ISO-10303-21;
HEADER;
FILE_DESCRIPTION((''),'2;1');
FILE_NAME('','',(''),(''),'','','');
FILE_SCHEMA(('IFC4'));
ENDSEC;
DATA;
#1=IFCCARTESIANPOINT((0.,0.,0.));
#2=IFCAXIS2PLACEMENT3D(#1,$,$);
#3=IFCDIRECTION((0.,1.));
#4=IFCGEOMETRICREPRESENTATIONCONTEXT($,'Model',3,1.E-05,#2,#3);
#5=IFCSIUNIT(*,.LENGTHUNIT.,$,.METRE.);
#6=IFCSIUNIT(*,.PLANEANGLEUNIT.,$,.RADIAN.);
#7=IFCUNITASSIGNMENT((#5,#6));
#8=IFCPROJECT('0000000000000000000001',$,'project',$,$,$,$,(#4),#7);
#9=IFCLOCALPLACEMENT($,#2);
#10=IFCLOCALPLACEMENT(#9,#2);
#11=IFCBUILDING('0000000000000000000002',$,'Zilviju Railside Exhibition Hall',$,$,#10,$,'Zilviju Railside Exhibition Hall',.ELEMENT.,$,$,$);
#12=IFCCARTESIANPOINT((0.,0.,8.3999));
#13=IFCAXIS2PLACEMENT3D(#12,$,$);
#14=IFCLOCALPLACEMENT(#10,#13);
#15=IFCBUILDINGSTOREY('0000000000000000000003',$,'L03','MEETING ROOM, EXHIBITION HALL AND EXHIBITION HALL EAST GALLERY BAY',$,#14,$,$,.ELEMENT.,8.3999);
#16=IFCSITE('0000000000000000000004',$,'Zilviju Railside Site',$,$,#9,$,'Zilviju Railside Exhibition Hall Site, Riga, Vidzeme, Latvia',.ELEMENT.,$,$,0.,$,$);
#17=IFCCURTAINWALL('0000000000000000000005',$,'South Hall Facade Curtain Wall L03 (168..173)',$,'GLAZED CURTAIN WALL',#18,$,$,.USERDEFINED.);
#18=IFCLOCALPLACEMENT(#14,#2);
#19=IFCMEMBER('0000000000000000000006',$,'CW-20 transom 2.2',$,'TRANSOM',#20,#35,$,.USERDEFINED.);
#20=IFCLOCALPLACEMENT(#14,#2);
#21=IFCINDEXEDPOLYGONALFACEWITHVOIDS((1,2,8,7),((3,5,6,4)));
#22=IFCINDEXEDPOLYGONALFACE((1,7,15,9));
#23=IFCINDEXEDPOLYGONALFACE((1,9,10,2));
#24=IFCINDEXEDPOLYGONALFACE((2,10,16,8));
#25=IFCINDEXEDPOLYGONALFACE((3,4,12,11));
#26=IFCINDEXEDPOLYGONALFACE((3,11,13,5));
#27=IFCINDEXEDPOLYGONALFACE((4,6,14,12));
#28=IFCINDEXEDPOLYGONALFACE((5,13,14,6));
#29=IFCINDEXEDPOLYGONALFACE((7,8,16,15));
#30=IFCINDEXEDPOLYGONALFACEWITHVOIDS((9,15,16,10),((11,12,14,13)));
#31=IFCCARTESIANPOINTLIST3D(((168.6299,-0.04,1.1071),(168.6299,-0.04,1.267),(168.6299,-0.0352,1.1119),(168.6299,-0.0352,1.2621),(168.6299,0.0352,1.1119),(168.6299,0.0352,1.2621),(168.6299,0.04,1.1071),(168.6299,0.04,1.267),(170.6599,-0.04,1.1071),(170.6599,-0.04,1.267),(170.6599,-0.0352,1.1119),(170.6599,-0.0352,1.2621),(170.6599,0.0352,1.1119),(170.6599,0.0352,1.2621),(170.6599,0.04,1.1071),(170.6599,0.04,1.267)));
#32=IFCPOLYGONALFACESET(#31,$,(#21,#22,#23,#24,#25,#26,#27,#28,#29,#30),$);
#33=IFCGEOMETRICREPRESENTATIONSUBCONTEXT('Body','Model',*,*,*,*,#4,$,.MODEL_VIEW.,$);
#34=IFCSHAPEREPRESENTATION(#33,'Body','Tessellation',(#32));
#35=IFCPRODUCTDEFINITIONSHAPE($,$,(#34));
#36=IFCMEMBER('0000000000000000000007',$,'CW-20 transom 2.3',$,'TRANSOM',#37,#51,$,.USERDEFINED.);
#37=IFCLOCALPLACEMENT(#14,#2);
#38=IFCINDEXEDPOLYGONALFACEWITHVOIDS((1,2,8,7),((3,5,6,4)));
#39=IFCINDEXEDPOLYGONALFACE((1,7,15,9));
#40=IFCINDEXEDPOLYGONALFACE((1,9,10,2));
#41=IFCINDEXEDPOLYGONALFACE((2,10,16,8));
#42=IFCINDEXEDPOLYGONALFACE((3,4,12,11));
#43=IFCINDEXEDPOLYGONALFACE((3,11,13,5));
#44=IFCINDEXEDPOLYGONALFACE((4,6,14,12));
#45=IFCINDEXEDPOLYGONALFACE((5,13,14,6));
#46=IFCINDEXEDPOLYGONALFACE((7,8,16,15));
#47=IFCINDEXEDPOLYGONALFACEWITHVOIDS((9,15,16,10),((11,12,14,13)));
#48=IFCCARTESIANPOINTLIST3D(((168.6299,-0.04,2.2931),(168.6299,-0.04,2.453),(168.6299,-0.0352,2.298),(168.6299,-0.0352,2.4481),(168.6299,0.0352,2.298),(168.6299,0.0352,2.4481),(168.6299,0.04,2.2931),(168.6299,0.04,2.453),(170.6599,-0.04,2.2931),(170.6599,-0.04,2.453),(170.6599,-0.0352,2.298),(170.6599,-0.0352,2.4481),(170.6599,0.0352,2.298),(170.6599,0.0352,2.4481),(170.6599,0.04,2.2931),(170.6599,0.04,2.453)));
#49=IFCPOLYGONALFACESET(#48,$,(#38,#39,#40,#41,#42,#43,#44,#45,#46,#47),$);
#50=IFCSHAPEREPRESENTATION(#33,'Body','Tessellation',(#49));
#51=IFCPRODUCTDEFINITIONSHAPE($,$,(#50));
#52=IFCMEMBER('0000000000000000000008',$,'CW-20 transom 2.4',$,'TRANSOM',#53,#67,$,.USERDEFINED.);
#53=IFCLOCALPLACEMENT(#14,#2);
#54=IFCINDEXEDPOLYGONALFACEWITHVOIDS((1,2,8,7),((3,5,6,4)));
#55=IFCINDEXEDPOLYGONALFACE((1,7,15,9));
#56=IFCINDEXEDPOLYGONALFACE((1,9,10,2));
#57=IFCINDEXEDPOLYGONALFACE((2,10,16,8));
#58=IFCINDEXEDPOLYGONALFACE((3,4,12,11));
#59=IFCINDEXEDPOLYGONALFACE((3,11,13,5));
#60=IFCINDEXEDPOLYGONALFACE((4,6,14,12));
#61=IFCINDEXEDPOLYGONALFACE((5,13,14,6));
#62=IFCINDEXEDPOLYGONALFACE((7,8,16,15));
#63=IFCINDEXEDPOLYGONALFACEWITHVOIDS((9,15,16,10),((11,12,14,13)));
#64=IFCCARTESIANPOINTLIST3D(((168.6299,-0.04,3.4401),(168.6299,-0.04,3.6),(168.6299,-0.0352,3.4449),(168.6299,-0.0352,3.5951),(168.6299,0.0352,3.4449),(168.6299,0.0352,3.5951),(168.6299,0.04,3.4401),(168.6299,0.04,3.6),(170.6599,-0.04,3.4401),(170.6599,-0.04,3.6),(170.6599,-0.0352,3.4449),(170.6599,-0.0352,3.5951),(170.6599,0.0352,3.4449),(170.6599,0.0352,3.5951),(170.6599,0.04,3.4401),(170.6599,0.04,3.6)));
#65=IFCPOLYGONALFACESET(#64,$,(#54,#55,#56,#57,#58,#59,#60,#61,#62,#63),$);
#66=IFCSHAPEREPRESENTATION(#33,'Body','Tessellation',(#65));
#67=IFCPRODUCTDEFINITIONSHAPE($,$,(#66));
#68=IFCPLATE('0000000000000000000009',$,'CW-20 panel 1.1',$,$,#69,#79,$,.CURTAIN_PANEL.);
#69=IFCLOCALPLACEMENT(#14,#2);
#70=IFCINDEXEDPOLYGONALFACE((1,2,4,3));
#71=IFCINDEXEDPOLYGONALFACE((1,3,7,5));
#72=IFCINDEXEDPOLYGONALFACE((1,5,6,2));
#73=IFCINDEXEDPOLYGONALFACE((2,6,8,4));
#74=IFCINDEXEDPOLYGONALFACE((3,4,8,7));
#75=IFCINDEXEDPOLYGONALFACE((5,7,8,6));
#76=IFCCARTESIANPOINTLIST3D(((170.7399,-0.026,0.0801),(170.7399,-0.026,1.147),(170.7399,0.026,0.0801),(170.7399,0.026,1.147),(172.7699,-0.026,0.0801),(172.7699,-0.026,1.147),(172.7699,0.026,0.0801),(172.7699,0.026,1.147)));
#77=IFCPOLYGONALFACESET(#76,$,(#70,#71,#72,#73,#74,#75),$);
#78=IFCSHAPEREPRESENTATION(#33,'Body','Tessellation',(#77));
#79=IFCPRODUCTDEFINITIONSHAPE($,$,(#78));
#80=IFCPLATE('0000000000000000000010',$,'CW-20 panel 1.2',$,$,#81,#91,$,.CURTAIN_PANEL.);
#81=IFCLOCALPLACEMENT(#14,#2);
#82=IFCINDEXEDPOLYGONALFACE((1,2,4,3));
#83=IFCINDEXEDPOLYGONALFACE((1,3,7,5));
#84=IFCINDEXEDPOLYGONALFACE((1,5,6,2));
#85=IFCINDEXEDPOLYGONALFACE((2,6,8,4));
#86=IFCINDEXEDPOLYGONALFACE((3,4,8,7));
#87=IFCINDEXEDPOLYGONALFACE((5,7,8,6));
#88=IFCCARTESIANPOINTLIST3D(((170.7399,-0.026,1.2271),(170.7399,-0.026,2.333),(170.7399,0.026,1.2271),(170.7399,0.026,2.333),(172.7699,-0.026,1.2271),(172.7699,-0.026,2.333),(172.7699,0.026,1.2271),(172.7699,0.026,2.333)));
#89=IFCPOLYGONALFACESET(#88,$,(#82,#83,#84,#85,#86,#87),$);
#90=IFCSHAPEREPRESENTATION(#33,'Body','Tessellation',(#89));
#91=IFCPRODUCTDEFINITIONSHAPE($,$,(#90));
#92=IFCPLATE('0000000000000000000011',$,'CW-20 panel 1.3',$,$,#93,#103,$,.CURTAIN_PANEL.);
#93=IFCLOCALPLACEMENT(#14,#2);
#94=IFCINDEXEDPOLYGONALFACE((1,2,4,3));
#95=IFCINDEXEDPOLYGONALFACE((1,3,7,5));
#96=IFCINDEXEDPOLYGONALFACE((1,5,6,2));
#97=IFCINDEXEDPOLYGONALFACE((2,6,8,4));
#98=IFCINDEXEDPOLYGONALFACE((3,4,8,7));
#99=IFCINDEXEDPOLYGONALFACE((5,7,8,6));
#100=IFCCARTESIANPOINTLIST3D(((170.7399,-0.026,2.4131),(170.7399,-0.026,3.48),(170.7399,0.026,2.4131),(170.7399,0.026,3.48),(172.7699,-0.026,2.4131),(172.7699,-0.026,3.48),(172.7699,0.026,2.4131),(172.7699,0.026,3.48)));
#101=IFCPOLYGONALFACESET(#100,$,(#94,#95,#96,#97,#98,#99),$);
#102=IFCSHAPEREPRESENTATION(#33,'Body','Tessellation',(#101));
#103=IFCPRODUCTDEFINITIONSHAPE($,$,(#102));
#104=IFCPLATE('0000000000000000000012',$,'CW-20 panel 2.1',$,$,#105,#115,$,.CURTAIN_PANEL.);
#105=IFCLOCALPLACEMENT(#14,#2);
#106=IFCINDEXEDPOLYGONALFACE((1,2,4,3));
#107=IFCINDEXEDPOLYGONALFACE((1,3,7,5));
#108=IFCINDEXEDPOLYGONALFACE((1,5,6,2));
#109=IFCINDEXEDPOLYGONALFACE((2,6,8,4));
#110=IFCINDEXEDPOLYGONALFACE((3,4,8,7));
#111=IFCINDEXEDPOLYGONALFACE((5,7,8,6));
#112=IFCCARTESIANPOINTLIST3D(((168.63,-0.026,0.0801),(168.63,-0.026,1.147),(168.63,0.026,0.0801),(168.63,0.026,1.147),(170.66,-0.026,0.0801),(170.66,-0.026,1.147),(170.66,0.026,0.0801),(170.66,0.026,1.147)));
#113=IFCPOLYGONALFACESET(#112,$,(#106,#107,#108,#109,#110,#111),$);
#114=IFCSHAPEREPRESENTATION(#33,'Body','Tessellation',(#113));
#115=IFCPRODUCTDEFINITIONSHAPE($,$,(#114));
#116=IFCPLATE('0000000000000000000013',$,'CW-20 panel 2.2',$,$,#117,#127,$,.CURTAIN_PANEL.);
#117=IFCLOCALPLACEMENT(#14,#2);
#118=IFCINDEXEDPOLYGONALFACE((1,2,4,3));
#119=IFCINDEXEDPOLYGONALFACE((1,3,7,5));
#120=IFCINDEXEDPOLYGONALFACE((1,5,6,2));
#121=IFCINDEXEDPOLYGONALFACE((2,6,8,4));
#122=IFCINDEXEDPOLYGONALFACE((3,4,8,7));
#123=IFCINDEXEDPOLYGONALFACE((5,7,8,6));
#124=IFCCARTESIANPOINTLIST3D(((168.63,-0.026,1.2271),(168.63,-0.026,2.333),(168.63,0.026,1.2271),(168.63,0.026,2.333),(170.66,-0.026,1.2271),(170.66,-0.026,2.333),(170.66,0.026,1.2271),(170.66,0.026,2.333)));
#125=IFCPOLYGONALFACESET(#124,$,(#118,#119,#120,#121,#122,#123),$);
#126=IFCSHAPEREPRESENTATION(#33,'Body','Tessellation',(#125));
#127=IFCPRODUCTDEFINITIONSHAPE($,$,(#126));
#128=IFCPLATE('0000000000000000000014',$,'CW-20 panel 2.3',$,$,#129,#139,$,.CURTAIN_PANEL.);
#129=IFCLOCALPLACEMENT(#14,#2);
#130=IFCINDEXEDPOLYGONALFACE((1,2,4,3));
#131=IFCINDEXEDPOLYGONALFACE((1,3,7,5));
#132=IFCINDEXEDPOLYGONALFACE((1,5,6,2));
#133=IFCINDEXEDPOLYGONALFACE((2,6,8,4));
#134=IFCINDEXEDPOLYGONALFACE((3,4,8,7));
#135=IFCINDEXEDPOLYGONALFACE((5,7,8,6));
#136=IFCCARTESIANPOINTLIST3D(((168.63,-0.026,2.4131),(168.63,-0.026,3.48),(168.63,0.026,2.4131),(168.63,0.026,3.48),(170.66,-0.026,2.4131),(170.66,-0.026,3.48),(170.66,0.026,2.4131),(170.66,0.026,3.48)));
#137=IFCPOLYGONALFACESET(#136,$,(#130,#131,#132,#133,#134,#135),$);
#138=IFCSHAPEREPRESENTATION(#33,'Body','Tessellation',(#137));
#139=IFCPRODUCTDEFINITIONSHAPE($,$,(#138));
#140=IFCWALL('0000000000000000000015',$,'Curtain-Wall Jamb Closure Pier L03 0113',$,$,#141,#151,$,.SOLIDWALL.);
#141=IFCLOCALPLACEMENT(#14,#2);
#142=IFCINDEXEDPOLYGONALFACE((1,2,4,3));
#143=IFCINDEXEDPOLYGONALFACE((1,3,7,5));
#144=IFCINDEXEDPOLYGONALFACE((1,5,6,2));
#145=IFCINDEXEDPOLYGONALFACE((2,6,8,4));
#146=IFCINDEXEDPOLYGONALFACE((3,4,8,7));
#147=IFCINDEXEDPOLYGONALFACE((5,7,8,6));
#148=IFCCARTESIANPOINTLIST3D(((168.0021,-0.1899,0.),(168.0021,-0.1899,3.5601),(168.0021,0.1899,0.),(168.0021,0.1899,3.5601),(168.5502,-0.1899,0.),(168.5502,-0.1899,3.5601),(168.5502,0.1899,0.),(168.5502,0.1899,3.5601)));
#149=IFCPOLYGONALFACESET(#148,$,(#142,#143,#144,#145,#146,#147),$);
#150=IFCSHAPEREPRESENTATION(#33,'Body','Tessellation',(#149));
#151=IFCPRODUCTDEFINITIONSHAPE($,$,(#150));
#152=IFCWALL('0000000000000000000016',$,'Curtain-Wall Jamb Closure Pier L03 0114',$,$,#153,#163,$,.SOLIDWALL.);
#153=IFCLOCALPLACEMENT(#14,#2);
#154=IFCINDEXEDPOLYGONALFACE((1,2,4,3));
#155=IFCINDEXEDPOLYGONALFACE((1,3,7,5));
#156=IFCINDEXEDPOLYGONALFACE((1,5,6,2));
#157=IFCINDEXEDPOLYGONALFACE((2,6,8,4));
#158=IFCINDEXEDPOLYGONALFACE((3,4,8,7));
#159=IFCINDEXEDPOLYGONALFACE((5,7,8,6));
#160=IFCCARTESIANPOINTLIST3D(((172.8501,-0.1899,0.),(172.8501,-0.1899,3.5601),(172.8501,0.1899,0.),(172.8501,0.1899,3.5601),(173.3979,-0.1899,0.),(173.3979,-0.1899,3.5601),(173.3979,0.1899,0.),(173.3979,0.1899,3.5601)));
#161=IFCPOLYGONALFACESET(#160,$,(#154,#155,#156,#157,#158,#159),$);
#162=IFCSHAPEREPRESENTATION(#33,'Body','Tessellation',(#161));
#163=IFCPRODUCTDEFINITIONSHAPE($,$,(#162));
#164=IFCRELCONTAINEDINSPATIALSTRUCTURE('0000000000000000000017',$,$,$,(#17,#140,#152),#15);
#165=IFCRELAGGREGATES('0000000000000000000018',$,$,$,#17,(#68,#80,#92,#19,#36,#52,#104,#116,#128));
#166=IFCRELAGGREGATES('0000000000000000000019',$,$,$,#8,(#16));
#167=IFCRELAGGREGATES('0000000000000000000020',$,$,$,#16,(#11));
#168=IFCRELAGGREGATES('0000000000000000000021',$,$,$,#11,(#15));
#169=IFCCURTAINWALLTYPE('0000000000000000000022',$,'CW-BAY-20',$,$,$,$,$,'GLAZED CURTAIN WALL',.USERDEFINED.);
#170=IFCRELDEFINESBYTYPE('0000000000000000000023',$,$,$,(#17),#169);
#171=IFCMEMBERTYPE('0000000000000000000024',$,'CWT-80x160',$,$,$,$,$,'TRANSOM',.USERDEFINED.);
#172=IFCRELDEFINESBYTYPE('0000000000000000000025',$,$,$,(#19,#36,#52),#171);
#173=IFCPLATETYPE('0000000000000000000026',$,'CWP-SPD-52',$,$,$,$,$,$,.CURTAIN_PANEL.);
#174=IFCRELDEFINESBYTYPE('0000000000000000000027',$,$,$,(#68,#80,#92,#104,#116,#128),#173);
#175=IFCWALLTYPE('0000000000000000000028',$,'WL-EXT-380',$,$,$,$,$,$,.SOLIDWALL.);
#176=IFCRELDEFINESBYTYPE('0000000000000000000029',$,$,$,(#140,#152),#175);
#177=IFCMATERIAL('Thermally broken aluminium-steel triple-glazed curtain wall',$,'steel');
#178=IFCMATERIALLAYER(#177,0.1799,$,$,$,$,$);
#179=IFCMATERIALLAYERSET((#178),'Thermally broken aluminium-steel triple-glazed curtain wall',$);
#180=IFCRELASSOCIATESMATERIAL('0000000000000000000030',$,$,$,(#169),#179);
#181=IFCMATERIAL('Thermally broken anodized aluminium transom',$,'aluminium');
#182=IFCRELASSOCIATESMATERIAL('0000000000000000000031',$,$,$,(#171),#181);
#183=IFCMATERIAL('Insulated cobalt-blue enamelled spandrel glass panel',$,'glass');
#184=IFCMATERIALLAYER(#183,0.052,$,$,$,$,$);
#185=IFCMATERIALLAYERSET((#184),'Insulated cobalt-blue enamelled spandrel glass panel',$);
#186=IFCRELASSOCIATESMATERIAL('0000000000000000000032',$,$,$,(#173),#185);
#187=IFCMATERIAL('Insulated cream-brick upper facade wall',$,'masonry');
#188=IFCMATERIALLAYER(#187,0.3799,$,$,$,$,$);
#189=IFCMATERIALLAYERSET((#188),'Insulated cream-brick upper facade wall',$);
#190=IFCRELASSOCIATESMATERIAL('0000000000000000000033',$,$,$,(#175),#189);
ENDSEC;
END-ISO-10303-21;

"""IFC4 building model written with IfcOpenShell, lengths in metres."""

from ifc_helpers import new_model, si_unit, direction, frame, frame_2d, origin, origin_2d, place, context, subcontext, project, spatial, rectangle, hollow_rectangle, extrude, material, layer, layer_set, material_profile, profile_set, type_object, element, aggregate, save


model = new_model("IFC4")

# Units and contexts
model_context = context("Model", 3, precision=1e-05, world=origin(), true_north=direction((0.0, 1.0)))
body_context = subcontext(model_context, "Body", "Model", "MODEL_VIEW")
ifc_project = project(units=[si_unit("LENGTHUNIT", "METRE"), si_unit("PLANEANGLEUNIT", "RADIAN")], contexts=[model_context])

# Site, building, storey
site_placement = place(None, origin())
site = spatial("IfcSite", under=ifc_project, at=site_placement, Name="Zilviju Railside Site", LongName="Zilviju Railside Exhibition Hall Site, Riga, Vidzeme, Latvia", CompositionType="ELEMENT", RefElevation=0.0)
building_placement = place(site_placement, origin())
building = spatial("IfcBuilding", under=site, at=building_placement, Name="Zilviju Railside Exhibition Hall", LongName="Zilviju Railside Exhibition Hall", CompositionType="ELEMENT")
storey_placement = place(building_placement, frame((0.0, 0.0, 8.3999)))
storey = spatial("IfcBuildingStorey", under=building, at=storey_placement, Name="L03", Description="MEETING ROOM, EXHIBITION HALL AND EXHIBITION HALL EAST GALLERY BAY", CompositionType="ELEMENT", Elevation=8.3999)

# Curtain wall, members, plates
ifc_material_1 = material(Name="Thermally broken aluminium-steel triple-glazed curtain wall", Category="steel")
ifc_layer_1 = layer(ifc_material_1, 0.1799)
ifc_layer_set_1 = layer_set([ifc_layer_1], Name="Thermally broken aluminium-steel triple-glazed curtain wall")
curtain_wall_type = type_object("IfcCurtainWallType", Name="CW-BAY-20", ElementType="GLAZED CURTAIN WALL", PredefinedType="USERDEFINED", material=ifc_layer_set_1)
curtain_wall_placement = place(storey_placement, origin())
curtain_wall = element("IfcCurtainWall", 1, at=curtain_wall_placement, inside=storey, type_object=curtain_wall_type, Name="South Hall Facade Curtain Wall L03 (168..173)", ObjectType="GLAZED CURTAIN WALL", PredefinedType="USERDEFINED")
ifc_material_2 = material(Name="Thermally broken anodized aluminium transom", Category="aluminium")
ifc_material_profile_1 = material_profile(ifc_material_2, hollow_rectangle(XDim=0.0801, YDim=0.1599, WallThickness=0.0049, at=origin_2d()), Name="TRANSOM 160x80x5")
ifc_profile_set_1 = profile_set([ifc_material_profile_1], Name="Thermally broken anodized aluminium transom")
member_type_1 = type_object("IfcMemberType", Name="CWT-80x160", ElementType="TRANSOM", PredefinedType="USERDEFINED", material=ifc_profile_set_1)
member_1_placement = place(storey_placement, frame((170.6599, 0.0, 1.187), z_axis=(-1.0, 0.0, 0.0), x_axis=(0.0, -1.0, 0.0)))
member_1 = element("IfcMember", 2, at=member_1_placement, type_object=member_type_1, Name="CW-20 transom 2.2", ObjectType="TRANSOM", PredefinedType="USERDEFINED", context=body_context, shape_type="SweptSolid", body=[
    extrude(hollow_rectangle(XDim=0.0801, YDim=0.1599, WallThickness=0.0049, at=origin_2d()), origin(), (0.0, 0.0, 1.0), 2.03),
])
member_2_placement = place(storey_placement, frame((170.6599, 0.0, 2.373), z_axis=(-1.0, 0.0, 0.0), x_axis=(0.0, -1.0, 0.0)))
member_2 = element("IfcMember", 3, at=member_2_placement, type_object=member_type_1, Name="CW-20 transom 2.3", ObjectType="TRANSOM", PredefinedType="USERDEFINED", context=body_context, shape_type="SweptSolid", body=[
    extrude(hollow_rectangle(XDim=0.0801, YDim=0.1599, WallThickness=0.0049, at=origin_2d()), origin(), (0.0, 0.0, 1.0), 2.03),
])
member_3_placement = place(storey_placement, frame((170.6599, 0.0, 3.52), z_axis=(-1.0, 0.0, 0.0), x_axis=(0.0, -1.0, 0.0)))
member_3 = element("IfcMember", 4, at=member_3_placement, type_object=member_type_1, Name="CW-20 transom 2.4", ObjectType="TRANSOM", PredefinedType="USERDEFINED", context=body_context, shape_type="SweptSolid", body=[
    extrude(hollow_rectangle(XDim=0.0801, YDim=0.1599, WallThickness=0.0049, at=origin_2d()), origin(), (0.0, 0.0, 1.0), 2.03),
])
ifc_material_3 = material(Name="Insulated cobalt-blue enamelled spandrel glass panel", Category="glass")
ifc_layer_2 = layer(ifc_material_3, 0.052)
ifc_layer_set_2 = layer_set([ifc_layer_2], Name="Insulated cobalt-blue enamelled spandrel glass panel")
plate_type = type_object("IfcPlateType", Name="CWP-SPD-52", PredefinedType="CURTAIN_PANEL", material=ifc_layer_set_2)
plate_1_placement = place(storey_placement, frame((171.7549, 0.0, 0.0801), z_axis=(0.0, 0.0, 1.0), x_axis=(-1.0, 0.0, 0.0)))
plate_1 = element("IfcPlate", 5, at=plate_1_placement, type_object=plate_type, Name="CW-20 panel 1.1", PredefinedType="CURTAIN_PANEL", context=body_context, shape_type="SweptSolid", body=[
    extrude(rectangle(XDim=2.03, YDim=0.052, at=origin_2d()), origin(), (0.0, 0.0, 1.0), 1.0669),
])
plate_2_placement = place(storey_placement, frame((171.7549, 0.0, 1.2271), z_axis=(0.0, 0.0, 1.0), x_axis=(-1.0, 0.0, 0.0)))
plate_2 = element("IfcPlate", 6, at=plate_2_placement, type_object=plate_type, Name="CW-20 panel 1.2", PredefinedType="CURTAIN_PANEL", context=body_context, shape_type="SweptSolid", body=[
    extrude(rectangle(XDim=2.03, YDim=0.052, at=origin_2d()), origin(), (0.0, 0.0, 1.0), 1.106),
])
plate_3_placement = place(storey_placement, frame((171.7549, 0.0, 2.4131), z_axis=(0.0, 0.0, 1.0), x_axis=(-1.0, 0.0, 0.0)))
plate_3 = element("IfcPlate", 7, at=plate_3_placement, type_object=plate_type, Name="CW-20 panel 1.3", PredefinedType="CURTAIN_PANEL", context=body_context, shape_type="SweptSolid", body=[
    extrude(rectangle(XDim=2.03, YDim=0.052, at=origin_2d()), origin(), (0.0, 0.0, 1.0), 1.0669),
])
plate_4_placement = place(storey_placement, frame((169.645, 0.0, 0.0801), z_axis=(0.0, 0.0, 1.0), x_axis=(-1.0, 0.0, 0.0)))
plate_4 = element("IfcPlate", 8, at=plate_4_placement, type_object=plate_type, Name="CW-20 panel 2.1", PredefinedType="CURTAIN_PANEL", context=body_context, shape_type="SweptSolid", body=[
    extrude(rectangle(XDim=2.03, YDim=0.052, at=origin_2d()), origin(), (0.0, 0.0, 1.0), 1.0669),
])
plate_5_placement = place(storey_placement, frame((169.645, 0.0, 1.2271), z_axis=(0.0, 0.0, 1.0), x_axis=(-1.0, 0.0, 0.0)))
plate_5 = element("IfcPlate", 9, at=plate_5_placement, type_object=plate_type, Name="CW-20 panel 2.2", PredefinedType="CURTAIN_PANEL", context=body_context, shape_type="SweptSolid", body=[
    extrude(rectangle(XDim=2.03, YDim=0.052, at=origin_2d()), origin(), (0.0, 0.0, 1.0), 1.106),
])
plate_6_placement = place(storey_placement, frame((169.645, 0.0, 2.4131), z_axis=(0.0, 0.0, 1.0), x_axis=(-1.0, 0.0, 0.0)))
plate_6 = element("IfcPlate", 10, at=plate_6_placement, type_object=plate_type, Name="CW-20 panel 2.3", PredefinedType="CURTAIN_PANEL", context=body_context, shape_type="SweptSolid", body=[
    extrude(rectangle(XDim=2.03, YDim=0.052, at=origin_2d()), origin(), (0.0, 0.0, 1.0), 1.0669),
])
aggregate(curtain_wall, [plate_1, plate_2, plate_3, member_1, member_2, member_3, plate_4, plate_5, plate_6])

# Walls
ifc_material_4 = material(Name="Insulated cream-brick upper facade wall", Category="masonry")
ifc_layer_3 = layer(ifc_material_4, 0.3799)
ifc_layer_set_3 = layer_set([ifc_layer_3], Name="Insulated cream-brick upper facade wall")
wall_type = type_object("IfcWallType", Name="WL-EXT-380", PredefinedType="SOLIDWALL", material=ifc_layer_set_3)
wall_1_placement = place(storey_placement, frame((168.55, 0.0, 0.0), z_axis=(0.0, 0.0, 1.0), x_axis=(-1.0, 0.0, 0.0)))
element("IfcWall", 11, at=wall_1_placement, inside=storey, type_object=wall_type, Name="Curtain-Wall Jamb Closure Pier L03 0113", PredefinedType="SOLIDWALL", context=body_context, shape_type="SweptSolid", body=[
    extrude(rectangle(XDim=0.5481, YDim=0.3799, at=frame_2d((0.2739, 0.0))), origin(), (0.0, 0.0, 1.0), 3.5601),
])
wall_2_placement = place(storey_placement, frame((173.3979, 0.0, 0.0), z_axis=(0.0, 0.0, 1.0), x_axis=(-1.0, 0.0, 0.0)))
element("IfcWall", 12, at=wall_2_placement, inside=storey, type_object=wall_type, Name="Curtain-Wall Jamb Closure Pier L03 0114", PredefinedType="SOLIDWALL", context=body_context, shape_type="SweptSolid", body=[
    extrude(rectangle(XDim=0.5479, YDim=0.3799, at=frame_2d((0.2739, 0.0))), origin(), (0.0, 0.0, 1.0), 3.5601),
])

save(model, "model.ifc")
